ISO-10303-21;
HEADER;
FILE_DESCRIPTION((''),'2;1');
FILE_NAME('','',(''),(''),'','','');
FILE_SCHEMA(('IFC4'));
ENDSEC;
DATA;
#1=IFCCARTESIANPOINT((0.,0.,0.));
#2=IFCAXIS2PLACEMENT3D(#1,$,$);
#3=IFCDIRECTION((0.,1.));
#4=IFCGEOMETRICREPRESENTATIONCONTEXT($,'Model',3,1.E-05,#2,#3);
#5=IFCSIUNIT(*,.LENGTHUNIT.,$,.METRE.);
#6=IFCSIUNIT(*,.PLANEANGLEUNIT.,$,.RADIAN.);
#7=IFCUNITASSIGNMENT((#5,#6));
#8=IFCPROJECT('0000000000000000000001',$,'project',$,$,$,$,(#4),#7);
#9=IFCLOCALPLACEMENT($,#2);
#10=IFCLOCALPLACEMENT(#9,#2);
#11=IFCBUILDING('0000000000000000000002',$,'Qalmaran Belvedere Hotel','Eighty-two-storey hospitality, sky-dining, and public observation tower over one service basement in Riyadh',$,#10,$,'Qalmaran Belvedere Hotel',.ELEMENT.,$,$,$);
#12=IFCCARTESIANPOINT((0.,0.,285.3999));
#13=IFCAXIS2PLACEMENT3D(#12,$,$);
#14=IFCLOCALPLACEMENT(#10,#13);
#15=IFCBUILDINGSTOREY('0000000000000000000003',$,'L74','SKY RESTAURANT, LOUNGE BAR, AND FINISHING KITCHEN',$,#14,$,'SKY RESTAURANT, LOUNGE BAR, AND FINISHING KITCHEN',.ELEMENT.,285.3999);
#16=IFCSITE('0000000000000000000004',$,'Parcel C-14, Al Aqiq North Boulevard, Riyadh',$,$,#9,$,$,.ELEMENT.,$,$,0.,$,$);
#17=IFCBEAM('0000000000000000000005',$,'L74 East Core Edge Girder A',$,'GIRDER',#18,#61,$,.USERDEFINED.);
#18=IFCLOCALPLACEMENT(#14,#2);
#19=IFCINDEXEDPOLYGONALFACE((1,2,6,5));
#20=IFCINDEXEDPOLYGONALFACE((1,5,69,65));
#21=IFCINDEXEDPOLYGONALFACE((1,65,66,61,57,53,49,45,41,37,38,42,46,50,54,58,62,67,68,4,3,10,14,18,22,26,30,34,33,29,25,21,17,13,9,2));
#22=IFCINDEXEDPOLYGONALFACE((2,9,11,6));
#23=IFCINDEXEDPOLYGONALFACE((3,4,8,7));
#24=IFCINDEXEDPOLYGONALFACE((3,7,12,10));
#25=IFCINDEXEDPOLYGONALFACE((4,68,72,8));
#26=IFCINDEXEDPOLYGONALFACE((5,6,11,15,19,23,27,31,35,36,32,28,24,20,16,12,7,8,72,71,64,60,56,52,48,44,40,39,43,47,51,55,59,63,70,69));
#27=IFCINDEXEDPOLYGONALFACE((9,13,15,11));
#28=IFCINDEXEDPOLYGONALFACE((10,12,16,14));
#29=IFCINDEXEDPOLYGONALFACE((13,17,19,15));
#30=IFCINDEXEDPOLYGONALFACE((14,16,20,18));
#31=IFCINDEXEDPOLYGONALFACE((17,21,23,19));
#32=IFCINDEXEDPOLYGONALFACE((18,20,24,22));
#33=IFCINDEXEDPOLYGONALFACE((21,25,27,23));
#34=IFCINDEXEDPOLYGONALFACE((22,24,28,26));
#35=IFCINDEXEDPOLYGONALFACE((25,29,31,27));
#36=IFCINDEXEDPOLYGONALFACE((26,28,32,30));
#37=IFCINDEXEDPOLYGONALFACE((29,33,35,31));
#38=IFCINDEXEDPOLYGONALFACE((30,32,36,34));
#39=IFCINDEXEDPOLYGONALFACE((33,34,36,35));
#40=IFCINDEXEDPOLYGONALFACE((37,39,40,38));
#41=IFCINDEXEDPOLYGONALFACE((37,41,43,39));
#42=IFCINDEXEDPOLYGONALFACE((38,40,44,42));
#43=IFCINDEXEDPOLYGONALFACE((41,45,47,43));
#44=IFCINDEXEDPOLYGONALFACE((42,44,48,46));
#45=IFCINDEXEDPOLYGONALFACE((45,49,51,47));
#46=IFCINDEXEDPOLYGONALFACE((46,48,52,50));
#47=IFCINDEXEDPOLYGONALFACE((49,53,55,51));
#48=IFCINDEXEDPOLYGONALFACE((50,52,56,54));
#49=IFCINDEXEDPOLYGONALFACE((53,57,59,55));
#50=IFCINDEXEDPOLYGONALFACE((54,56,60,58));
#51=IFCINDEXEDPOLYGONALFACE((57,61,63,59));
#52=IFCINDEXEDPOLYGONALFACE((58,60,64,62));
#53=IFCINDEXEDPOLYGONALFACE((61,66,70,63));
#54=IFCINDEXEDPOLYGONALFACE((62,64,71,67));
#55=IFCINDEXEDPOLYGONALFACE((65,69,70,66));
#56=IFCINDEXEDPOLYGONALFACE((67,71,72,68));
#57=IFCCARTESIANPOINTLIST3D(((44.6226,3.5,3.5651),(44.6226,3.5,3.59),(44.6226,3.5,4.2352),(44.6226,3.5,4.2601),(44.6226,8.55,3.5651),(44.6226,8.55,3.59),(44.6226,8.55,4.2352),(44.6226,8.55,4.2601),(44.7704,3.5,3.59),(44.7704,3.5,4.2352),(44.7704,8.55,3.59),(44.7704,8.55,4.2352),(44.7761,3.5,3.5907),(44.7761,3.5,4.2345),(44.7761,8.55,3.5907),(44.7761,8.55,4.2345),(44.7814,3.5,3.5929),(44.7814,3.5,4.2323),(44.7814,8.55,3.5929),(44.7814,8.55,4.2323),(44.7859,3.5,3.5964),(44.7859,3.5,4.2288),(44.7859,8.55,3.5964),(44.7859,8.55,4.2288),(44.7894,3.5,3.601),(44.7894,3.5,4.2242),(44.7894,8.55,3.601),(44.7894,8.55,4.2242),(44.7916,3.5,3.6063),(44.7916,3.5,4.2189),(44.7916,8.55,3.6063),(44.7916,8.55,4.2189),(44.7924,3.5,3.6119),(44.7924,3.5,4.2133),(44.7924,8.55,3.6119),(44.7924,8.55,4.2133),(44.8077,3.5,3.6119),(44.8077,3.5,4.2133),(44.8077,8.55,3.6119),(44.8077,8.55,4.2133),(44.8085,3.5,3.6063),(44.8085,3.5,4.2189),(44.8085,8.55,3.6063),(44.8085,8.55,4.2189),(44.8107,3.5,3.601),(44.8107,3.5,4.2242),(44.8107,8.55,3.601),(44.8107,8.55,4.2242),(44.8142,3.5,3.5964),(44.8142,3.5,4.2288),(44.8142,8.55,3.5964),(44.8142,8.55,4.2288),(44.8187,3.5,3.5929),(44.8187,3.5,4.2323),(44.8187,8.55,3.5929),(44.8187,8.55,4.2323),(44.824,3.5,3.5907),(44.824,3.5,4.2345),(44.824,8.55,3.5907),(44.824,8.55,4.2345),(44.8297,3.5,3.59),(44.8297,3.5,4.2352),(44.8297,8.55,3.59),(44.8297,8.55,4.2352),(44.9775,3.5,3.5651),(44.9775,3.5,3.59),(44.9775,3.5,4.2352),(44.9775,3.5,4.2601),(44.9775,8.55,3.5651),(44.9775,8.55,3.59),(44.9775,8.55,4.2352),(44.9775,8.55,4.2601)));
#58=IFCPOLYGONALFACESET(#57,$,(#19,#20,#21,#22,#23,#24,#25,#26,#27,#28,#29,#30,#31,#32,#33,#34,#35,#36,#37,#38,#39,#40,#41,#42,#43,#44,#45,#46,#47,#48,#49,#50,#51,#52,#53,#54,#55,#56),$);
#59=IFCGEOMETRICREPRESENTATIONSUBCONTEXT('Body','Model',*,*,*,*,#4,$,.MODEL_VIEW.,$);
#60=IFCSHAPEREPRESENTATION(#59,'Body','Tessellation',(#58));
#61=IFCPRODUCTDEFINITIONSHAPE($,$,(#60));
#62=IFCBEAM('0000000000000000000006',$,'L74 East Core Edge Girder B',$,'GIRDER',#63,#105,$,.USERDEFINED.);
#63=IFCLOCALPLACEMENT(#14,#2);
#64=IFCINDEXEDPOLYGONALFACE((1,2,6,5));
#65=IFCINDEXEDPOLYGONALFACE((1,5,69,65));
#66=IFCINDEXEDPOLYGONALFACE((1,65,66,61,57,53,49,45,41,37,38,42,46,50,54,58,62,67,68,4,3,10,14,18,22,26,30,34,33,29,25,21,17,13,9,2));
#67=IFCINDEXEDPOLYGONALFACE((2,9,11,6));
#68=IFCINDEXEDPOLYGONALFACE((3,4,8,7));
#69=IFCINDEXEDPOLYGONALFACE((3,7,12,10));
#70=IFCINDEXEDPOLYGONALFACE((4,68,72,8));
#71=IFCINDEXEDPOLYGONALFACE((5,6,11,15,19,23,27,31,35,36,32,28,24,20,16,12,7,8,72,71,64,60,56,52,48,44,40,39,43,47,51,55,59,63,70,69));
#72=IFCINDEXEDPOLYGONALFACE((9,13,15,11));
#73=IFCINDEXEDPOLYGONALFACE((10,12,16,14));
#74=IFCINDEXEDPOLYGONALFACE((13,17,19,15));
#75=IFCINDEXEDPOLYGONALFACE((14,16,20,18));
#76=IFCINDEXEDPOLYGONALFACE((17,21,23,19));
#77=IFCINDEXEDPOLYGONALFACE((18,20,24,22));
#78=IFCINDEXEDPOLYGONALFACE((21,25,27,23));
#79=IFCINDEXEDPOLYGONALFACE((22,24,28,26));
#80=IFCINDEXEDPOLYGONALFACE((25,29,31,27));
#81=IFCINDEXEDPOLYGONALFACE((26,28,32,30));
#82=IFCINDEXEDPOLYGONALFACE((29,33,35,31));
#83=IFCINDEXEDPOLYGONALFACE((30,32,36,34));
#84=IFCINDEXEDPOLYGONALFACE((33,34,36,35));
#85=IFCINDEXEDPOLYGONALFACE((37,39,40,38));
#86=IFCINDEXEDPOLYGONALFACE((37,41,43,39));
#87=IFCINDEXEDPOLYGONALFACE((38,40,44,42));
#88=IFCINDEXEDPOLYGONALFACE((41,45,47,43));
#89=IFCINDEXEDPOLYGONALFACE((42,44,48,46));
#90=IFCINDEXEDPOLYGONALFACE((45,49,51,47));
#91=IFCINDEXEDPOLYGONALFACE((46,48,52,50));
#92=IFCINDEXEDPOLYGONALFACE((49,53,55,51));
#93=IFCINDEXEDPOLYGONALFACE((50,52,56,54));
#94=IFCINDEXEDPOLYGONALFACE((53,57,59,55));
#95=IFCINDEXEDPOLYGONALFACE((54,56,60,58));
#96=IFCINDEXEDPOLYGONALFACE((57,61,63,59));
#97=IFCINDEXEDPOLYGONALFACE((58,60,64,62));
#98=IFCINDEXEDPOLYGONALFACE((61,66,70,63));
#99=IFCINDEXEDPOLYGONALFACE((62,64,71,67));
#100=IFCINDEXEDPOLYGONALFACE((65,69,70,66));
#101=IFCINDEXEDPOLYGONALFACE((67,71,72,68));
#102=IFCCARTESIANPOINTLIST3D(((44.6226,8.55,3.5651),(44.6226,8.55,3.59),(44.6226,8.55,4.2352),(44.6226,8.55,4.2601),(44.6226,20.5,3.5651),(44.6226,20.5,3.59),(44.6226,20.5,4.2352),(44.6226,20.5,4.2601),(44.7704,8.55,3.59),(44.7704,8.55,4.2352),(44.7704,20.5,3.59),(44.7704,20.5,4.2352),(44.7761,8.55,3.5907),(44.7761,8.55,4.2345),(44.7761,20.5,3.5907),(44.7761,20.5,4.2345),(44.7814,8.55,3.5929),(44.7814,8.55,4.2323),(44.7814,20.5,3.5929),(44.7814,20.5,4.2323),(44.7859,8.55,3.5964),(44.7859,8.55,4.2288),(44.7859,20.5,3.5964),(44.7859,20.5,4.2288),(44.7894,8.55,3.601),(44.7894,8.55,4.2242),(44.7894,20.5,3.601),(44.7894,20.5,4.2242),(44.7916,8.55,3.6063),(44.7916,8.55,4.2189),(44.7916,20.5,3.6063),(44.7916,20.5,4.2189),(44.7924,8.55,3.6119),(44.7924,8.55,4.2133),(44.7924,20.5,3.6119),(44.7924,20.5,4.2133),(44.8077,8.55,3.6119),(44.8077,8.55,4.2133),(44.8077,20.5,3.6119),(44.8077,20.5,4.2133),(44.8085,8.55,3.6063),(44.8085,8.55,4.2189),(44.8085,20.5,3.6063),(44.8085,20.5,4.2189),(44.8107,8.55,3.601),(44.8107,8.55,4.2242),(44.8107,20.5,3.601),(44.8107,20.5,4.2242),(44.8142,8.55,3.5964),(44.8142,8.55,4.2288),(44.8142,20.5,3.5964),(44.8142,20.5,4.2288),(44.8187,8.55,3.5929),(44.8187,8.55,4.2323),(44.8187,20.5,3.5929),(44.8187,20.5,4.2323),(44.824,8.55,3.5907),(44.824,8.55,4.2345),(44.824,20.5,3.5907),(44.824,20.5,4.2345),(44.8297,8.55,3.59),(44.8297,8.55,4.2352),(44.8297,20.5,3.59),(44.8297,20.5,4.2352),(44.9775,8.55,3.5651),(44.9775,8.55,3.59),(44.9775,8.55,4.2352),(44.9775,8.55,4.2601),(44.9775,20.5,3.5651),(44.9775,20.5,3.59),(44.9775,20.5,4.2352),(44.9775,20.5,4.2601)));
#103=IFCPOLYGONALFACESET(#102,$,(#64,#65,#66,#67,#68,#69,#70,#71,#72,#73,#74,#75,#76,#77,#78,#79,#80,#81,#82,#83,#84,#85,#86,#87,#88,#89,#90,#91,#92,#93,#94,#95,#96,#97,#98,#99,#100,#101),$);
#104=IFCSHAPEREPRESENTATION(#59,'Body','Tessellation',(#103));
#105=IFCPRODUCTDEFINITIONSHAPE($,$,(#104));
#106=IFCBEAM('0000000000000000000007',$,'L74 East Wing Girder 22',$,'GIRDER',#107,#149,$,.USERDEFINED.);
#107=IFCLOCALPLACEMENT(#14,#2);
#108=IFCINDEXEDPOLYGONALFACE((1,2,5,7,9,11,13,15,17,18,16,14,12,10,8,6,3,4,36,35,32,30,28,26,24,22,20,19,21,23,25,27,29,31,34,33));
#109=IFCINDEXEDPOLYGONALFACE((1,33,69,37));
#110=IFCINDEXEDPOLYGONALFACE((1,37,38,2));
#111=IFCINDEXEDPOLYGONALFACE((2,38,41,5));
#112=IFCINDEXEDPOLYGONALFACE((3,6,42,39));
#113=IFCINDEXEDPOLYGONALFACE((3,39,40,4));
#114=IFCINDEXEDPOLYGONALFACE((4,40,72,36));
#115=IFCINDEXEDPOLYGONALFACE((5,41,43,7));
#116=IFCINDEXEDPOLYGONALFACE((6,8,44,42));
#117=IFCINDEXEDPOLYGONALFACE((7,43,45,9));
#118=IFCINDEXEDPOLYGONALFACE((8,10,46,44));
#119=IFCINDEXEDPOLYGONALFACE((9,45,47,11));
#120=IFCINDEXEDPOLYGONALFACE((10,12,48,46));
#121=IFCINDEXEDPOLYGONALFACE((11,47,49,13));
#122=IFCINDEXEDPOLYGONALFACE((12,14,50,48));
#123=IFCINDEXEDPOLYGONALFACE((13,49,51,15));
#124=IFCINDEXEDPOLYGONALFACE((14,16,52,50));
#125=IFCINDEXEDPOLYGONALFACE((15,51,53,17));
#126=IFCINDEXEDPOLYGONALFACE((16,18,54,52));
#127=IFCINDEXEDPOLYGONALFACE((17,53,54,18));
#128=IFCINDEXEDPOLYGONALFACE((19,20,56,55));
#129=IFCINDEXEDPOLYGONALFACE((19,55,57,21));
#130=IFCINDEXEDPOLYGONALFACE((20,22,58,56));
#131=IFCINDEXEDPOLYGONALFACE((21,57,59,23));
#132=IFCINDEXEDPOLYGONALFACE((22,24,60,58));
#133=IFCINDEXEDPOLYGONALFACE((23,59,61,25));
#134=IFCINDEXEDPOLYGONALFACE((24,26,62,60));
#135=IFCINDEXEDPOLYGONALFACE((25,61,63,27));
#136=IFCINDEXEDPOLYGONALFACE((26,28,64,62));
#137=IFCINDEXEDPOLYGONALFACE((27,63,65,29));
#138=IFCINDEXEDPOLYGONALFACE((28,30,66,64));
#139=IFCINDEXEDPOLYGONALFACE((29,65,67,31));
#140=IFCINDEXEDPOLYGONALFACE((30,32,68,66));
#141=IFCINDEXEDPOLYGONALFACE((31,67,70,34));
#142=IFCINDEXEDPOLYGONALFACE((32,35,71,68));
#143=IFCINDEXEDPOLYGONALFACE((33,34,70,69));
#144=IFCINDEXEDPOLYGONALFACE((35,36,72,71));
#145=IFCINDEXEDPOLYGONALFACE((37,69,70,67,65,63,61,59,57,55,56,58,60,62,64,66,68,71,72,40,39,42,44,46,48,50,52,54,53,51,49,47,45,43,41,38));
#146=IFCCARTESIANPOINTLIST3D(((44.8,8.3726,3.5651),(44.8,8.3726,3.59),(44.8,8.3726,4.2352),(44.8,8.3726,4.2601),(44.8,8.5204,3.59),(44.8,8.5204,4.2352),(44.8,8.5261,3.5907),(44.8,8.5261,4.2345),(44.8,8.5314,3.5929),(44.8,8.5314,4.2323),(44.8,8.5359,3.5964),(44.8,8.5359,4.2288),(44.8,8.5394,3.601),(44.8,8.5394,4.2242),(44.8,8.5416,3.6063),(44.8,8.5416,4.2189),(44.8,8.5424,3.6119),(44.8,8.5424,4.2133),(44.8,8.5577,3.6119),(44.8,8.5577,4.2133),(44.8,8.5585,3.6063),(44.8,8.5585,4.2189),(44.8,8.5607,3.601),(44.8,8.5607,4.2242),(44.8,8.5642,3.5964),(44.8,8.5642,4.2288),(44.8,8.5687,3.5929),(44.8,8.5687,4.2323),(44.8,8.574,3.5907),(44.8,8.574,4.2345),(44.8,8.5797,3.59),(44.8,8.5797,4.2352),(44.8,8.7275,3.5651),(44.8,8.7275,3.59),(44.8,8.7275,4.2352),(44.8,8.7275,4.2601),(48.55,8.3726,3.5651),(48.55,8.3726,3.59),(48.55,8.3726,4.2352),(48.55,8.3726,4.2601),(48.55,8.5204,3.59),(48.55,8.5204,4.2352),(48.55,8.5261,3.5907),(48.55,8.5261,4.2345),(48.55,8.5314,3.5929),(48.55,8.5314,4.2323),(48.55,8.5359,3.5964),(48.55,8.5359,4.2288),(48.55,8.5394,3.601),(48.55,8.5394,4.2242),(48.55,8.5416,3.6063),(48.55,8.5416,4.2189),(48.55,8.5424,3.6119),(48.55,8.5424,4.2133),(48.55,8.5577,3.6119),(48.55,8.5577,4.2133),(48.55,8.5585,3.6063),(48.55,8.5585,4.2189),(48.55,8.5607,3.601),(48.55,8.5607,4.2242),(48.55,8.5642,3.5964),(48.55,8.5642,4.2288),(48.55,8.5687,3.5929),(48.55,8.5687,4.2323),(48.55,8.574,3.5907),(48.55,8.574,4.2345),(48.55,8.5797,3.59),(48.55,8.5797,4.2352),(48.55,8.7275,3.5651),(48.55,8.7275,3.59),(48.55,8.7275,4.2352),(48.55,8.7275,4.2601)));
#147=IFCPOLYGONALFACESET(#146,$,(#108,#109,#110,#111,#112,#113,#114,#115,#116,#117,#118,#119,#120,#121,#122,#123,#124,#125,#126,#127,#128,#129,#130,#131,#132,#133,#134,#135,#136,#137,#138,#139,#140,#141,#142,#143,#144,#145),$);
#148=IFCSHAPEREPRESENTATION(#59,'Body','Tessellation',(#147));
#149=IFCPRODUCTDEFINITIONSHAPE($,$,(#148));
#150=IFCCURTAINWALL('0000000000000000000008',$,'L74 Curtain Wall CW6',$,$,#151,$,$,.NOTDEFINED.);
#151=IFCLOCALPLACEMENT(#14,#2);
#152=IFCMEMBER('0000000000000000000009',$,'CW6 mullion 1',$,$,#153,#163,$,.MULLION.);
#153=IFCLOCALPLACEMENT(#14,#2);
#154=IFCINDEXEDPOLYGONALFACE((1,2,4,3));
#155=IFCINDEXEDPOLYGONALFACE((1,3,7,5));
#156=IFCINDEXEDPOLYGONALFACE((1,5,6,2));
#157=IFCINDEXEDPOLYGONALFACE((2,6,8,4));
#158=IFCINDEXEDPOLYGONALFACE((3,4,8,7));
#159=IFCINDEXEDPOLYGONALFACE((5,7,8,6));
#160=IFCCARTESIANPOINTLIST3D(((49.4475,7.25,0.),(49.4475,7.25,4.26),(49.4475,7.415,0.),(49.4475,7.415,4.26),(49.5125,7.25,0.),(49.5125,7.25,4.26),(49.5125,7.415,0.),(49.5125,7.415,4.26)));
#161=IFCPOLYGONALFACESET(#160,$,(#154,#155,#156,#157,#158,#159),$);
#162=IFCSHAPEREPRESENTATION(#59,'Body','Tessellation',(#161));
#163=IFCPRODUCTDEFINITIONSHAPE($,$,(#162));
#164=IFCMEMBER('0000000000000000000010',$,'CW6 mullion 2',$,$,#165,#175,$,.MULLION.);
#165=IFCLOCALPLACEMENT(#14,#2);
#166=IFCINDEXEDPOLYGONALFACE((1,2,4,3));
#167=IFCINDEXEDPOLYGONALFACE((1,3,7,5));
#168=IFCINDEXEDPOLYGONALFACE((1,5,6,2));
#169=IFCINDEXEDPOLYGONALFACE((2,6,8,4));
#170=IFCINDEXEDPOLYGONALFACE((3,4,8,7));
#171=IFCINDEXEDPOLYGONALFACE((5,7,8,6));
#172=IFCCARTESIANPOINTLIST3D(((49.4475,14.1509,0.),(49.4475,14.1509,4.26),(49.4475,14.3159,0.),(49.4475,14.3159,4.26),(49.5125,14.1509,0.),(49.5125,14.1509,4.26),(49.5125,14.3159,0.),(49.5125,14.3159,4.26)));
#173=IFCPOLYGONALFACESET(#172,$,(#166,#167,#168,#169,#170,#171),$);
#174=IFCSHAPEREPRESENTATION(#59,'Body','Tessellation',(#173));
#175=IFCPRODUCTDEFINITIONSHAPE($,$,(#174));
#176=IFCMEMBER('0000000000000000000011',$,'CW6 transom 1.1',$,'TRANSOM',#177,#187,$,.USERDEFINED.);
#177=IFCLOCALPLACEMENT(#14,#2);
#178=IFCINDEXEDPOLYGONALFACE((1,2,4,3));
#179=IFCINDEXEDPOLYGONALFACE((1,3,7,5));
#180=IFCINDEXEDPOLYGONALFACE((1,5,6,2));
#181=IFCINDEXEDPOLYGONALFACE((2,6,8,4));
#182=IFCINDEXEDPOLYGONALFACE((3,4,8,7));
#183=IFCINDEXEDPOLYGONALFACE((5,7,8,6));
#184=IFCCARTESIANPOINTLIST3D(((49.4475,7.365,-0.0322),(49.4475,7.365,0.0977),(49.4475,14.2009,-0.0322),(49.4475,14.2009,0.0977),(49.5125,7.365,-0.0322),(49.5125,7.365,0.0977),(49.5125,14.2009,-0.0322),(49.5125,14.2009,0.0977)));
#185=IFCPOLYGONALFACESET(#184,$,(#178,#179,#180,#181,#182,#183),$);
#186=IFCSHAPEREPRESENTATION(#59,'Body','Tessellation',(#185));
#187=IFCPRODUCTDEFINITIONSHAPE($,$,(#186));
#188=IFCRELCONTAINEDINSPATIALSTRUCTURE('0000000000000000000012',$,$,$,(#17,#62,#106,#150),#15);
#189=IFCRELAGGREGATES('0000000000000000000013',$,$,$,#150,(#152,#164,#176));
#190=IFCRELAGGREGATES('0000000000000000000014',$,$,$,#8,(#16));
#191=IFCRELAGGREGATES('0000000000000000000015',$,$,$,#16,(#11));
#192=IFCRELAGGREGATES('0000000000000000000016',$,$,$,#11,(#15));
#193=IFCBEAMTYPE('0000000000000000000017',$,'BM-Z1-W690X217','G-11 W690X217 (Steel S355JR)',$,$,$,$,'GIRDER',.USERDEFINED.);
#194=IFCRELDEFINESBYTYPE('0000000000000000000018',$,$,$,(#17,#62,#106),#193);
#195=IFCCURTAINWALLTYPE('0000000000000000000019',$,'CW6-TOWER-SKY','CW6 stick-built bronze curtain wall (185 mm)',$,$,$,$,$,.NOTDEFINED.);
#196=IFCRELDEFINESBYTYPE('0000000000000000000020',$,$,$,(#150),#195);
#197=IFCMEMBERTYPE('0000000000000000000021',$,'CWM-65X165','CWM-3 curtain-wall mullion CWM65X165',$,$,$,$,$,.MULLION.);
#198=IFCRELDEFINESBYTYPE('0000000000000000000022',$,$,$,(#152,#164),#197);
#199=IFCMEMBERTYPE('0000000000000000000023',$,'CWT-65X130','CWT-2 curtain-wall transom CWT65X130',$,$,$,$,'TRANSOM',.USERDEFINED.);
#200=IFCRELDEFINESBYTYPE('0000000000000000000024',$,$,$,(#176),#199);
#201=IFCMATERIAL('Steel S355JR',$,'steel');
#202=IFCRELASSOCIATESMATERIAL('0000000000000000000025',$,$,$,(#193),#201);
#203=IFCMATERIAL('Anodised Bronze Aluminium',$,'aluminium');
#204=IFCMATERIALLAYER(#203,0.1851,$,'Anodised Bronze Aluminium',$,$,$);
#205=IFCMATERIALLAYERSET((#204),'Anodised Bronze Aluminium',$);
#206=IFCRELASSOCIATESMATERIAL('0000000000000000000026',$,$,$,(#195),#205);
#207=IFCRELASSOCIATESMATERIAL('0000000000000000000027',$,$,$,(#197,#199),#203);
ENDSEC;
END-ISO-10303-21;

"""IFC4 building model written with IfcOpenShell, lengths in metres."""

from ifc_helpers import new_model, si_unit, direction, frame, origin, origin_2d, place, context, subcontext, project, spatial, rectangle, i_section, extrude, material, layer, layer_set, material_profile, profile_set, type_object, element, aggregate, save


model = new_model("IFC4")

# Units and contexts
model_context = context("Model", 3, precision=1e-05, world=origin(), true_north=direction((0.0, 1.0)))
body_context = subcontext(model_context, "Body", "Model", "MODEL_VIEW")
ifc_project = project(units=[si_unit("LENGTHUNIT", "METRE"), si_unit("PLANEANGLEUNIT", "RADIAN")], contexts=[model_context])

# Site, building, storey
site_placement = place(None, origin())
site = spatial("IfcSite", under=ifc_project, at=site_placement, Name="Parcel C-14, Al Aqiq North Boulevard, Riyadh", CompositionType="ELEMENT", RefElevation=0.0)
building_placement = place(site_placement, origin())
building = spatial("IfcBuilding", under=site, at=building_placement, Name="Qalmaran Belvedere Hotel", Description="Eighty-two-storey hospitality, sky-dining, and public observation tower over one service basement in Riyadh", LongName="Qalmaran Belvedere Hotel", CompositionType="ELEMENT")
storey_placement = place(building_placement, frame((0.0, 0.0, 285.3999)))
storey = spatial("IfcBuildingStorey", under=building, at=storey_placement, Name="L74", Description="SKY RESTAURANT, LOUNGE BAR, AND FINISHING KITCHEN", LongName="SKY RESTAURANT, LOUNGE BAR, AND FINISHING KITCHEN", CompositionType="ELEMENT", Elevation=285.3999)

# Beams
ifc_material_1 = material(Name="Steel S355JR", Category="steel")
ifc_material_profile_1 = material_profile(ifc_material_1, i_section(OverallWidth=0.355, OverallDepth=0.6951, WebThickness=0.0154, FlangeThickness=0.0249, FilletRadius=0.022, at=origin_2d()), Name="W690X217")
ifc_profile_set_1 = profile_set([ifc_material_profile_1], Name="Steel S355JR")
beam_type_1 = type_object("IfcBeamType", Name="BM-Z1-W690X217", Description="G-11 W690X217 (Steel S355JR)", ElementType="GIRDER", PredefinedType="USERDEFINED", material=ifc_profile_set_1)
beam_1_placement = place(storey_placement, frame((44.8, 3.5, 3.9126), z_axis=(0.0, 1.0, 0.0), x_axis=(-1.0, 0.0, 0.0)))
element("IfcBeam", 1, at=beam_1_placement, inside=storey, type_object=beam_type_1, Name="L74 East Core Edge Girder A", ObjectType="GIRDER", PredefinedType="USERDEFINED", context=body_context, shape_type="SweptSolid", body=[
    extrude(i_section(OverallWidth=0.355, OverallDepth=0.6951, WebThickness=0.0154, FlangeThickness=0.0249, FilletRadius=0.022, at=origin_2d()), origin(), (0.0, 0.0, 1.0), 5.05),
])
beam_2_placement = place(storey_placement, frame((44.8, 8.55, 3.9126), z_axis=(0.0, 1.0, 0.0), x_axis=(-1.0, 0.0, 0.0)))
element("IfcBeam", 2, at=beam_2_placement, inside=storey, type_object=beam_type_1, Name="L74 East Core Edge Girder B", ObjectType="GIRDER", PredefinedType="USERDEFINED", context=body_context, shape_type="SweptSolid", body=[
    extrude(i_section(OverallWidth=0.355, OverallDepth=0.6951, WebThickness=0.0154, FlangeThickness=0.0249, FilletRadius=0.022, at=origin_2d()), origin(), (0.0, 0.0, 1.0), 11.95),
])
beam_3_placement = place(storey_placement, frame((44.8, 8.55, 3.9126), z_axis=(1.0, 0.0, 0.0), x_axis=(0.0, 1.0, 0.0)))
element("IfcBeam", 3, at=beam_3_placement, inside=storey, type_object=beam_type_1, Name="L74 East Wing Girder 22", ObjectType="GIRDER", PredefinedType="USERDEFINED", context=body_context, shape_type="SweptSolid", body=[
    extrude(i_section(OverallWidth=0.355, OverallDepth=0.6951, WebThickness=0.0154, FlangeThickness=0.0249, FilletRadius=0.022, at=origin_2d()), origin(), (0.0, 0.0, 1.0), 3.75),
])

# Curtain wall, members
ifc_material_2 = material(Name="Anodised Bronze Aluminium", Category="aluminium")
ifc_layer_1 = layer(ifc_material_2, 0.1851, Name="Anodised Bronze Aluminium")
ifc_layer_set_1 = layer_set([ifc_layer_1], Name="Anodised Bronze Aluminium")
curtain_wall_type = type_object("IfcCurtainWallType", Name="CW6-TOWER-SKY", Description="CW6 stick-built bronze curtain wall (185 mm)", PredefinedType="NOTDEFINED", material=ifc_layer_set_1)
curtain_wall_placement = place(storey_placement, origin())
curtain_wall = element("IfcCurtainWall", 4, at=curtain_wall_placement, inside=storey, type_object=curtain_wall_type, Name="L74 Curtain Wall CW6", PredefinedType="NOTDEFINED")
ifc_material_profile_2 = material_profile(ifc_material_2, rectangle(XDim=0.0649, YDim=0.165, at=origin_2d()), Name="CWM65X165")
ifc_profile_set_2 = profile_set([ifc_material_profile_2], Name="Anodised Bronze Aluminium")
member_type_1 = type_object("IfcMemberType", Name="CWM-65X165", Description="CWM-3 curtain-wall mullion CWM65X165", PredefinedType="MULLION", material=ifc_profile_set_2)
member_1_placement = place(storey_placement, frame((49.48, 7.3325, 0.0), z_axis=(0.0, 0.0, 1.0), x_axis=(-1.0, 0.0, 0.0)))
member_1 = element("IfcMember", 5, at=member_1_placement, type_object=member_type_1, Name="CW6 mullion 1", PredefinedType="MULLION", context=body_context, shape_type="SweptSolid", body=[
    extrude(rectangle(XDim=0.0649, YDim=0.165, at=origin_2d()), origin(), (0.0, 0.0, 1.0), 4.26),
])
member_2_placement = place(storey_placement, frame((49.48, 14.2334, 0.0), z_axis=(0.0, 0.0, 1.0), x_axis=(-1.0, 0.0, 0.0)))
member_2 = element("IfcMember", 6, at=member_2_placement, type_object=member_type_1, Name="CW6 mullion 2", PredefinedType="MULLION", context=body_context, shape_type="SweptSolid", body=[
    extrude(rectangle(XDim=0.0649, YDim=0.165, at=origin_2d()), origin(), (0.0, 0.0, 1.0), 4.26),
])
ifc_material_profile_3 = material_profile(ifc_material_2, rectangle(XDim=0.0649, YDim=0.1299, at=origin_2d()), Name="CWT65X130")
ifc_profile_set_3 = profile_set([ifc_material_profile_3], Name="Anodised Bronze Aluminium")
member_type_2 = type_object("IfcMemberType", Name="CWT-65X130", Description="CWT-2 curtain-wall transom CWT65X130", ElementType="TRANSOM", PredefinedType="USERDEFINED", material=ifc_profile_set_3)
member_3_placement = place(storey_placement, frame((49.48, 7.365, 0.0327), z_axis=(0.0, 1.0, 0.0), x_axis=(-1.0, 0.0, 0.0)))
member_3 = element("IfcMember", 7, at=member_3_placement, type_object=member_type_2, Name="CW6 transom 1.1", ObjectType="TRANSOM", PredefinedType="USERDEFINED", context=body_context, shape_type="SweptSolid", body=[
    extrude(rectangle(XDim=0.0649, YDim=0.1299, at=origin_2d()), origin(), (0.0, 0.0, 1.0), 6.8359),
])
aggregate(curtain_wall, [member_1, member_2, member_3])

save(model, "model.ifc")
